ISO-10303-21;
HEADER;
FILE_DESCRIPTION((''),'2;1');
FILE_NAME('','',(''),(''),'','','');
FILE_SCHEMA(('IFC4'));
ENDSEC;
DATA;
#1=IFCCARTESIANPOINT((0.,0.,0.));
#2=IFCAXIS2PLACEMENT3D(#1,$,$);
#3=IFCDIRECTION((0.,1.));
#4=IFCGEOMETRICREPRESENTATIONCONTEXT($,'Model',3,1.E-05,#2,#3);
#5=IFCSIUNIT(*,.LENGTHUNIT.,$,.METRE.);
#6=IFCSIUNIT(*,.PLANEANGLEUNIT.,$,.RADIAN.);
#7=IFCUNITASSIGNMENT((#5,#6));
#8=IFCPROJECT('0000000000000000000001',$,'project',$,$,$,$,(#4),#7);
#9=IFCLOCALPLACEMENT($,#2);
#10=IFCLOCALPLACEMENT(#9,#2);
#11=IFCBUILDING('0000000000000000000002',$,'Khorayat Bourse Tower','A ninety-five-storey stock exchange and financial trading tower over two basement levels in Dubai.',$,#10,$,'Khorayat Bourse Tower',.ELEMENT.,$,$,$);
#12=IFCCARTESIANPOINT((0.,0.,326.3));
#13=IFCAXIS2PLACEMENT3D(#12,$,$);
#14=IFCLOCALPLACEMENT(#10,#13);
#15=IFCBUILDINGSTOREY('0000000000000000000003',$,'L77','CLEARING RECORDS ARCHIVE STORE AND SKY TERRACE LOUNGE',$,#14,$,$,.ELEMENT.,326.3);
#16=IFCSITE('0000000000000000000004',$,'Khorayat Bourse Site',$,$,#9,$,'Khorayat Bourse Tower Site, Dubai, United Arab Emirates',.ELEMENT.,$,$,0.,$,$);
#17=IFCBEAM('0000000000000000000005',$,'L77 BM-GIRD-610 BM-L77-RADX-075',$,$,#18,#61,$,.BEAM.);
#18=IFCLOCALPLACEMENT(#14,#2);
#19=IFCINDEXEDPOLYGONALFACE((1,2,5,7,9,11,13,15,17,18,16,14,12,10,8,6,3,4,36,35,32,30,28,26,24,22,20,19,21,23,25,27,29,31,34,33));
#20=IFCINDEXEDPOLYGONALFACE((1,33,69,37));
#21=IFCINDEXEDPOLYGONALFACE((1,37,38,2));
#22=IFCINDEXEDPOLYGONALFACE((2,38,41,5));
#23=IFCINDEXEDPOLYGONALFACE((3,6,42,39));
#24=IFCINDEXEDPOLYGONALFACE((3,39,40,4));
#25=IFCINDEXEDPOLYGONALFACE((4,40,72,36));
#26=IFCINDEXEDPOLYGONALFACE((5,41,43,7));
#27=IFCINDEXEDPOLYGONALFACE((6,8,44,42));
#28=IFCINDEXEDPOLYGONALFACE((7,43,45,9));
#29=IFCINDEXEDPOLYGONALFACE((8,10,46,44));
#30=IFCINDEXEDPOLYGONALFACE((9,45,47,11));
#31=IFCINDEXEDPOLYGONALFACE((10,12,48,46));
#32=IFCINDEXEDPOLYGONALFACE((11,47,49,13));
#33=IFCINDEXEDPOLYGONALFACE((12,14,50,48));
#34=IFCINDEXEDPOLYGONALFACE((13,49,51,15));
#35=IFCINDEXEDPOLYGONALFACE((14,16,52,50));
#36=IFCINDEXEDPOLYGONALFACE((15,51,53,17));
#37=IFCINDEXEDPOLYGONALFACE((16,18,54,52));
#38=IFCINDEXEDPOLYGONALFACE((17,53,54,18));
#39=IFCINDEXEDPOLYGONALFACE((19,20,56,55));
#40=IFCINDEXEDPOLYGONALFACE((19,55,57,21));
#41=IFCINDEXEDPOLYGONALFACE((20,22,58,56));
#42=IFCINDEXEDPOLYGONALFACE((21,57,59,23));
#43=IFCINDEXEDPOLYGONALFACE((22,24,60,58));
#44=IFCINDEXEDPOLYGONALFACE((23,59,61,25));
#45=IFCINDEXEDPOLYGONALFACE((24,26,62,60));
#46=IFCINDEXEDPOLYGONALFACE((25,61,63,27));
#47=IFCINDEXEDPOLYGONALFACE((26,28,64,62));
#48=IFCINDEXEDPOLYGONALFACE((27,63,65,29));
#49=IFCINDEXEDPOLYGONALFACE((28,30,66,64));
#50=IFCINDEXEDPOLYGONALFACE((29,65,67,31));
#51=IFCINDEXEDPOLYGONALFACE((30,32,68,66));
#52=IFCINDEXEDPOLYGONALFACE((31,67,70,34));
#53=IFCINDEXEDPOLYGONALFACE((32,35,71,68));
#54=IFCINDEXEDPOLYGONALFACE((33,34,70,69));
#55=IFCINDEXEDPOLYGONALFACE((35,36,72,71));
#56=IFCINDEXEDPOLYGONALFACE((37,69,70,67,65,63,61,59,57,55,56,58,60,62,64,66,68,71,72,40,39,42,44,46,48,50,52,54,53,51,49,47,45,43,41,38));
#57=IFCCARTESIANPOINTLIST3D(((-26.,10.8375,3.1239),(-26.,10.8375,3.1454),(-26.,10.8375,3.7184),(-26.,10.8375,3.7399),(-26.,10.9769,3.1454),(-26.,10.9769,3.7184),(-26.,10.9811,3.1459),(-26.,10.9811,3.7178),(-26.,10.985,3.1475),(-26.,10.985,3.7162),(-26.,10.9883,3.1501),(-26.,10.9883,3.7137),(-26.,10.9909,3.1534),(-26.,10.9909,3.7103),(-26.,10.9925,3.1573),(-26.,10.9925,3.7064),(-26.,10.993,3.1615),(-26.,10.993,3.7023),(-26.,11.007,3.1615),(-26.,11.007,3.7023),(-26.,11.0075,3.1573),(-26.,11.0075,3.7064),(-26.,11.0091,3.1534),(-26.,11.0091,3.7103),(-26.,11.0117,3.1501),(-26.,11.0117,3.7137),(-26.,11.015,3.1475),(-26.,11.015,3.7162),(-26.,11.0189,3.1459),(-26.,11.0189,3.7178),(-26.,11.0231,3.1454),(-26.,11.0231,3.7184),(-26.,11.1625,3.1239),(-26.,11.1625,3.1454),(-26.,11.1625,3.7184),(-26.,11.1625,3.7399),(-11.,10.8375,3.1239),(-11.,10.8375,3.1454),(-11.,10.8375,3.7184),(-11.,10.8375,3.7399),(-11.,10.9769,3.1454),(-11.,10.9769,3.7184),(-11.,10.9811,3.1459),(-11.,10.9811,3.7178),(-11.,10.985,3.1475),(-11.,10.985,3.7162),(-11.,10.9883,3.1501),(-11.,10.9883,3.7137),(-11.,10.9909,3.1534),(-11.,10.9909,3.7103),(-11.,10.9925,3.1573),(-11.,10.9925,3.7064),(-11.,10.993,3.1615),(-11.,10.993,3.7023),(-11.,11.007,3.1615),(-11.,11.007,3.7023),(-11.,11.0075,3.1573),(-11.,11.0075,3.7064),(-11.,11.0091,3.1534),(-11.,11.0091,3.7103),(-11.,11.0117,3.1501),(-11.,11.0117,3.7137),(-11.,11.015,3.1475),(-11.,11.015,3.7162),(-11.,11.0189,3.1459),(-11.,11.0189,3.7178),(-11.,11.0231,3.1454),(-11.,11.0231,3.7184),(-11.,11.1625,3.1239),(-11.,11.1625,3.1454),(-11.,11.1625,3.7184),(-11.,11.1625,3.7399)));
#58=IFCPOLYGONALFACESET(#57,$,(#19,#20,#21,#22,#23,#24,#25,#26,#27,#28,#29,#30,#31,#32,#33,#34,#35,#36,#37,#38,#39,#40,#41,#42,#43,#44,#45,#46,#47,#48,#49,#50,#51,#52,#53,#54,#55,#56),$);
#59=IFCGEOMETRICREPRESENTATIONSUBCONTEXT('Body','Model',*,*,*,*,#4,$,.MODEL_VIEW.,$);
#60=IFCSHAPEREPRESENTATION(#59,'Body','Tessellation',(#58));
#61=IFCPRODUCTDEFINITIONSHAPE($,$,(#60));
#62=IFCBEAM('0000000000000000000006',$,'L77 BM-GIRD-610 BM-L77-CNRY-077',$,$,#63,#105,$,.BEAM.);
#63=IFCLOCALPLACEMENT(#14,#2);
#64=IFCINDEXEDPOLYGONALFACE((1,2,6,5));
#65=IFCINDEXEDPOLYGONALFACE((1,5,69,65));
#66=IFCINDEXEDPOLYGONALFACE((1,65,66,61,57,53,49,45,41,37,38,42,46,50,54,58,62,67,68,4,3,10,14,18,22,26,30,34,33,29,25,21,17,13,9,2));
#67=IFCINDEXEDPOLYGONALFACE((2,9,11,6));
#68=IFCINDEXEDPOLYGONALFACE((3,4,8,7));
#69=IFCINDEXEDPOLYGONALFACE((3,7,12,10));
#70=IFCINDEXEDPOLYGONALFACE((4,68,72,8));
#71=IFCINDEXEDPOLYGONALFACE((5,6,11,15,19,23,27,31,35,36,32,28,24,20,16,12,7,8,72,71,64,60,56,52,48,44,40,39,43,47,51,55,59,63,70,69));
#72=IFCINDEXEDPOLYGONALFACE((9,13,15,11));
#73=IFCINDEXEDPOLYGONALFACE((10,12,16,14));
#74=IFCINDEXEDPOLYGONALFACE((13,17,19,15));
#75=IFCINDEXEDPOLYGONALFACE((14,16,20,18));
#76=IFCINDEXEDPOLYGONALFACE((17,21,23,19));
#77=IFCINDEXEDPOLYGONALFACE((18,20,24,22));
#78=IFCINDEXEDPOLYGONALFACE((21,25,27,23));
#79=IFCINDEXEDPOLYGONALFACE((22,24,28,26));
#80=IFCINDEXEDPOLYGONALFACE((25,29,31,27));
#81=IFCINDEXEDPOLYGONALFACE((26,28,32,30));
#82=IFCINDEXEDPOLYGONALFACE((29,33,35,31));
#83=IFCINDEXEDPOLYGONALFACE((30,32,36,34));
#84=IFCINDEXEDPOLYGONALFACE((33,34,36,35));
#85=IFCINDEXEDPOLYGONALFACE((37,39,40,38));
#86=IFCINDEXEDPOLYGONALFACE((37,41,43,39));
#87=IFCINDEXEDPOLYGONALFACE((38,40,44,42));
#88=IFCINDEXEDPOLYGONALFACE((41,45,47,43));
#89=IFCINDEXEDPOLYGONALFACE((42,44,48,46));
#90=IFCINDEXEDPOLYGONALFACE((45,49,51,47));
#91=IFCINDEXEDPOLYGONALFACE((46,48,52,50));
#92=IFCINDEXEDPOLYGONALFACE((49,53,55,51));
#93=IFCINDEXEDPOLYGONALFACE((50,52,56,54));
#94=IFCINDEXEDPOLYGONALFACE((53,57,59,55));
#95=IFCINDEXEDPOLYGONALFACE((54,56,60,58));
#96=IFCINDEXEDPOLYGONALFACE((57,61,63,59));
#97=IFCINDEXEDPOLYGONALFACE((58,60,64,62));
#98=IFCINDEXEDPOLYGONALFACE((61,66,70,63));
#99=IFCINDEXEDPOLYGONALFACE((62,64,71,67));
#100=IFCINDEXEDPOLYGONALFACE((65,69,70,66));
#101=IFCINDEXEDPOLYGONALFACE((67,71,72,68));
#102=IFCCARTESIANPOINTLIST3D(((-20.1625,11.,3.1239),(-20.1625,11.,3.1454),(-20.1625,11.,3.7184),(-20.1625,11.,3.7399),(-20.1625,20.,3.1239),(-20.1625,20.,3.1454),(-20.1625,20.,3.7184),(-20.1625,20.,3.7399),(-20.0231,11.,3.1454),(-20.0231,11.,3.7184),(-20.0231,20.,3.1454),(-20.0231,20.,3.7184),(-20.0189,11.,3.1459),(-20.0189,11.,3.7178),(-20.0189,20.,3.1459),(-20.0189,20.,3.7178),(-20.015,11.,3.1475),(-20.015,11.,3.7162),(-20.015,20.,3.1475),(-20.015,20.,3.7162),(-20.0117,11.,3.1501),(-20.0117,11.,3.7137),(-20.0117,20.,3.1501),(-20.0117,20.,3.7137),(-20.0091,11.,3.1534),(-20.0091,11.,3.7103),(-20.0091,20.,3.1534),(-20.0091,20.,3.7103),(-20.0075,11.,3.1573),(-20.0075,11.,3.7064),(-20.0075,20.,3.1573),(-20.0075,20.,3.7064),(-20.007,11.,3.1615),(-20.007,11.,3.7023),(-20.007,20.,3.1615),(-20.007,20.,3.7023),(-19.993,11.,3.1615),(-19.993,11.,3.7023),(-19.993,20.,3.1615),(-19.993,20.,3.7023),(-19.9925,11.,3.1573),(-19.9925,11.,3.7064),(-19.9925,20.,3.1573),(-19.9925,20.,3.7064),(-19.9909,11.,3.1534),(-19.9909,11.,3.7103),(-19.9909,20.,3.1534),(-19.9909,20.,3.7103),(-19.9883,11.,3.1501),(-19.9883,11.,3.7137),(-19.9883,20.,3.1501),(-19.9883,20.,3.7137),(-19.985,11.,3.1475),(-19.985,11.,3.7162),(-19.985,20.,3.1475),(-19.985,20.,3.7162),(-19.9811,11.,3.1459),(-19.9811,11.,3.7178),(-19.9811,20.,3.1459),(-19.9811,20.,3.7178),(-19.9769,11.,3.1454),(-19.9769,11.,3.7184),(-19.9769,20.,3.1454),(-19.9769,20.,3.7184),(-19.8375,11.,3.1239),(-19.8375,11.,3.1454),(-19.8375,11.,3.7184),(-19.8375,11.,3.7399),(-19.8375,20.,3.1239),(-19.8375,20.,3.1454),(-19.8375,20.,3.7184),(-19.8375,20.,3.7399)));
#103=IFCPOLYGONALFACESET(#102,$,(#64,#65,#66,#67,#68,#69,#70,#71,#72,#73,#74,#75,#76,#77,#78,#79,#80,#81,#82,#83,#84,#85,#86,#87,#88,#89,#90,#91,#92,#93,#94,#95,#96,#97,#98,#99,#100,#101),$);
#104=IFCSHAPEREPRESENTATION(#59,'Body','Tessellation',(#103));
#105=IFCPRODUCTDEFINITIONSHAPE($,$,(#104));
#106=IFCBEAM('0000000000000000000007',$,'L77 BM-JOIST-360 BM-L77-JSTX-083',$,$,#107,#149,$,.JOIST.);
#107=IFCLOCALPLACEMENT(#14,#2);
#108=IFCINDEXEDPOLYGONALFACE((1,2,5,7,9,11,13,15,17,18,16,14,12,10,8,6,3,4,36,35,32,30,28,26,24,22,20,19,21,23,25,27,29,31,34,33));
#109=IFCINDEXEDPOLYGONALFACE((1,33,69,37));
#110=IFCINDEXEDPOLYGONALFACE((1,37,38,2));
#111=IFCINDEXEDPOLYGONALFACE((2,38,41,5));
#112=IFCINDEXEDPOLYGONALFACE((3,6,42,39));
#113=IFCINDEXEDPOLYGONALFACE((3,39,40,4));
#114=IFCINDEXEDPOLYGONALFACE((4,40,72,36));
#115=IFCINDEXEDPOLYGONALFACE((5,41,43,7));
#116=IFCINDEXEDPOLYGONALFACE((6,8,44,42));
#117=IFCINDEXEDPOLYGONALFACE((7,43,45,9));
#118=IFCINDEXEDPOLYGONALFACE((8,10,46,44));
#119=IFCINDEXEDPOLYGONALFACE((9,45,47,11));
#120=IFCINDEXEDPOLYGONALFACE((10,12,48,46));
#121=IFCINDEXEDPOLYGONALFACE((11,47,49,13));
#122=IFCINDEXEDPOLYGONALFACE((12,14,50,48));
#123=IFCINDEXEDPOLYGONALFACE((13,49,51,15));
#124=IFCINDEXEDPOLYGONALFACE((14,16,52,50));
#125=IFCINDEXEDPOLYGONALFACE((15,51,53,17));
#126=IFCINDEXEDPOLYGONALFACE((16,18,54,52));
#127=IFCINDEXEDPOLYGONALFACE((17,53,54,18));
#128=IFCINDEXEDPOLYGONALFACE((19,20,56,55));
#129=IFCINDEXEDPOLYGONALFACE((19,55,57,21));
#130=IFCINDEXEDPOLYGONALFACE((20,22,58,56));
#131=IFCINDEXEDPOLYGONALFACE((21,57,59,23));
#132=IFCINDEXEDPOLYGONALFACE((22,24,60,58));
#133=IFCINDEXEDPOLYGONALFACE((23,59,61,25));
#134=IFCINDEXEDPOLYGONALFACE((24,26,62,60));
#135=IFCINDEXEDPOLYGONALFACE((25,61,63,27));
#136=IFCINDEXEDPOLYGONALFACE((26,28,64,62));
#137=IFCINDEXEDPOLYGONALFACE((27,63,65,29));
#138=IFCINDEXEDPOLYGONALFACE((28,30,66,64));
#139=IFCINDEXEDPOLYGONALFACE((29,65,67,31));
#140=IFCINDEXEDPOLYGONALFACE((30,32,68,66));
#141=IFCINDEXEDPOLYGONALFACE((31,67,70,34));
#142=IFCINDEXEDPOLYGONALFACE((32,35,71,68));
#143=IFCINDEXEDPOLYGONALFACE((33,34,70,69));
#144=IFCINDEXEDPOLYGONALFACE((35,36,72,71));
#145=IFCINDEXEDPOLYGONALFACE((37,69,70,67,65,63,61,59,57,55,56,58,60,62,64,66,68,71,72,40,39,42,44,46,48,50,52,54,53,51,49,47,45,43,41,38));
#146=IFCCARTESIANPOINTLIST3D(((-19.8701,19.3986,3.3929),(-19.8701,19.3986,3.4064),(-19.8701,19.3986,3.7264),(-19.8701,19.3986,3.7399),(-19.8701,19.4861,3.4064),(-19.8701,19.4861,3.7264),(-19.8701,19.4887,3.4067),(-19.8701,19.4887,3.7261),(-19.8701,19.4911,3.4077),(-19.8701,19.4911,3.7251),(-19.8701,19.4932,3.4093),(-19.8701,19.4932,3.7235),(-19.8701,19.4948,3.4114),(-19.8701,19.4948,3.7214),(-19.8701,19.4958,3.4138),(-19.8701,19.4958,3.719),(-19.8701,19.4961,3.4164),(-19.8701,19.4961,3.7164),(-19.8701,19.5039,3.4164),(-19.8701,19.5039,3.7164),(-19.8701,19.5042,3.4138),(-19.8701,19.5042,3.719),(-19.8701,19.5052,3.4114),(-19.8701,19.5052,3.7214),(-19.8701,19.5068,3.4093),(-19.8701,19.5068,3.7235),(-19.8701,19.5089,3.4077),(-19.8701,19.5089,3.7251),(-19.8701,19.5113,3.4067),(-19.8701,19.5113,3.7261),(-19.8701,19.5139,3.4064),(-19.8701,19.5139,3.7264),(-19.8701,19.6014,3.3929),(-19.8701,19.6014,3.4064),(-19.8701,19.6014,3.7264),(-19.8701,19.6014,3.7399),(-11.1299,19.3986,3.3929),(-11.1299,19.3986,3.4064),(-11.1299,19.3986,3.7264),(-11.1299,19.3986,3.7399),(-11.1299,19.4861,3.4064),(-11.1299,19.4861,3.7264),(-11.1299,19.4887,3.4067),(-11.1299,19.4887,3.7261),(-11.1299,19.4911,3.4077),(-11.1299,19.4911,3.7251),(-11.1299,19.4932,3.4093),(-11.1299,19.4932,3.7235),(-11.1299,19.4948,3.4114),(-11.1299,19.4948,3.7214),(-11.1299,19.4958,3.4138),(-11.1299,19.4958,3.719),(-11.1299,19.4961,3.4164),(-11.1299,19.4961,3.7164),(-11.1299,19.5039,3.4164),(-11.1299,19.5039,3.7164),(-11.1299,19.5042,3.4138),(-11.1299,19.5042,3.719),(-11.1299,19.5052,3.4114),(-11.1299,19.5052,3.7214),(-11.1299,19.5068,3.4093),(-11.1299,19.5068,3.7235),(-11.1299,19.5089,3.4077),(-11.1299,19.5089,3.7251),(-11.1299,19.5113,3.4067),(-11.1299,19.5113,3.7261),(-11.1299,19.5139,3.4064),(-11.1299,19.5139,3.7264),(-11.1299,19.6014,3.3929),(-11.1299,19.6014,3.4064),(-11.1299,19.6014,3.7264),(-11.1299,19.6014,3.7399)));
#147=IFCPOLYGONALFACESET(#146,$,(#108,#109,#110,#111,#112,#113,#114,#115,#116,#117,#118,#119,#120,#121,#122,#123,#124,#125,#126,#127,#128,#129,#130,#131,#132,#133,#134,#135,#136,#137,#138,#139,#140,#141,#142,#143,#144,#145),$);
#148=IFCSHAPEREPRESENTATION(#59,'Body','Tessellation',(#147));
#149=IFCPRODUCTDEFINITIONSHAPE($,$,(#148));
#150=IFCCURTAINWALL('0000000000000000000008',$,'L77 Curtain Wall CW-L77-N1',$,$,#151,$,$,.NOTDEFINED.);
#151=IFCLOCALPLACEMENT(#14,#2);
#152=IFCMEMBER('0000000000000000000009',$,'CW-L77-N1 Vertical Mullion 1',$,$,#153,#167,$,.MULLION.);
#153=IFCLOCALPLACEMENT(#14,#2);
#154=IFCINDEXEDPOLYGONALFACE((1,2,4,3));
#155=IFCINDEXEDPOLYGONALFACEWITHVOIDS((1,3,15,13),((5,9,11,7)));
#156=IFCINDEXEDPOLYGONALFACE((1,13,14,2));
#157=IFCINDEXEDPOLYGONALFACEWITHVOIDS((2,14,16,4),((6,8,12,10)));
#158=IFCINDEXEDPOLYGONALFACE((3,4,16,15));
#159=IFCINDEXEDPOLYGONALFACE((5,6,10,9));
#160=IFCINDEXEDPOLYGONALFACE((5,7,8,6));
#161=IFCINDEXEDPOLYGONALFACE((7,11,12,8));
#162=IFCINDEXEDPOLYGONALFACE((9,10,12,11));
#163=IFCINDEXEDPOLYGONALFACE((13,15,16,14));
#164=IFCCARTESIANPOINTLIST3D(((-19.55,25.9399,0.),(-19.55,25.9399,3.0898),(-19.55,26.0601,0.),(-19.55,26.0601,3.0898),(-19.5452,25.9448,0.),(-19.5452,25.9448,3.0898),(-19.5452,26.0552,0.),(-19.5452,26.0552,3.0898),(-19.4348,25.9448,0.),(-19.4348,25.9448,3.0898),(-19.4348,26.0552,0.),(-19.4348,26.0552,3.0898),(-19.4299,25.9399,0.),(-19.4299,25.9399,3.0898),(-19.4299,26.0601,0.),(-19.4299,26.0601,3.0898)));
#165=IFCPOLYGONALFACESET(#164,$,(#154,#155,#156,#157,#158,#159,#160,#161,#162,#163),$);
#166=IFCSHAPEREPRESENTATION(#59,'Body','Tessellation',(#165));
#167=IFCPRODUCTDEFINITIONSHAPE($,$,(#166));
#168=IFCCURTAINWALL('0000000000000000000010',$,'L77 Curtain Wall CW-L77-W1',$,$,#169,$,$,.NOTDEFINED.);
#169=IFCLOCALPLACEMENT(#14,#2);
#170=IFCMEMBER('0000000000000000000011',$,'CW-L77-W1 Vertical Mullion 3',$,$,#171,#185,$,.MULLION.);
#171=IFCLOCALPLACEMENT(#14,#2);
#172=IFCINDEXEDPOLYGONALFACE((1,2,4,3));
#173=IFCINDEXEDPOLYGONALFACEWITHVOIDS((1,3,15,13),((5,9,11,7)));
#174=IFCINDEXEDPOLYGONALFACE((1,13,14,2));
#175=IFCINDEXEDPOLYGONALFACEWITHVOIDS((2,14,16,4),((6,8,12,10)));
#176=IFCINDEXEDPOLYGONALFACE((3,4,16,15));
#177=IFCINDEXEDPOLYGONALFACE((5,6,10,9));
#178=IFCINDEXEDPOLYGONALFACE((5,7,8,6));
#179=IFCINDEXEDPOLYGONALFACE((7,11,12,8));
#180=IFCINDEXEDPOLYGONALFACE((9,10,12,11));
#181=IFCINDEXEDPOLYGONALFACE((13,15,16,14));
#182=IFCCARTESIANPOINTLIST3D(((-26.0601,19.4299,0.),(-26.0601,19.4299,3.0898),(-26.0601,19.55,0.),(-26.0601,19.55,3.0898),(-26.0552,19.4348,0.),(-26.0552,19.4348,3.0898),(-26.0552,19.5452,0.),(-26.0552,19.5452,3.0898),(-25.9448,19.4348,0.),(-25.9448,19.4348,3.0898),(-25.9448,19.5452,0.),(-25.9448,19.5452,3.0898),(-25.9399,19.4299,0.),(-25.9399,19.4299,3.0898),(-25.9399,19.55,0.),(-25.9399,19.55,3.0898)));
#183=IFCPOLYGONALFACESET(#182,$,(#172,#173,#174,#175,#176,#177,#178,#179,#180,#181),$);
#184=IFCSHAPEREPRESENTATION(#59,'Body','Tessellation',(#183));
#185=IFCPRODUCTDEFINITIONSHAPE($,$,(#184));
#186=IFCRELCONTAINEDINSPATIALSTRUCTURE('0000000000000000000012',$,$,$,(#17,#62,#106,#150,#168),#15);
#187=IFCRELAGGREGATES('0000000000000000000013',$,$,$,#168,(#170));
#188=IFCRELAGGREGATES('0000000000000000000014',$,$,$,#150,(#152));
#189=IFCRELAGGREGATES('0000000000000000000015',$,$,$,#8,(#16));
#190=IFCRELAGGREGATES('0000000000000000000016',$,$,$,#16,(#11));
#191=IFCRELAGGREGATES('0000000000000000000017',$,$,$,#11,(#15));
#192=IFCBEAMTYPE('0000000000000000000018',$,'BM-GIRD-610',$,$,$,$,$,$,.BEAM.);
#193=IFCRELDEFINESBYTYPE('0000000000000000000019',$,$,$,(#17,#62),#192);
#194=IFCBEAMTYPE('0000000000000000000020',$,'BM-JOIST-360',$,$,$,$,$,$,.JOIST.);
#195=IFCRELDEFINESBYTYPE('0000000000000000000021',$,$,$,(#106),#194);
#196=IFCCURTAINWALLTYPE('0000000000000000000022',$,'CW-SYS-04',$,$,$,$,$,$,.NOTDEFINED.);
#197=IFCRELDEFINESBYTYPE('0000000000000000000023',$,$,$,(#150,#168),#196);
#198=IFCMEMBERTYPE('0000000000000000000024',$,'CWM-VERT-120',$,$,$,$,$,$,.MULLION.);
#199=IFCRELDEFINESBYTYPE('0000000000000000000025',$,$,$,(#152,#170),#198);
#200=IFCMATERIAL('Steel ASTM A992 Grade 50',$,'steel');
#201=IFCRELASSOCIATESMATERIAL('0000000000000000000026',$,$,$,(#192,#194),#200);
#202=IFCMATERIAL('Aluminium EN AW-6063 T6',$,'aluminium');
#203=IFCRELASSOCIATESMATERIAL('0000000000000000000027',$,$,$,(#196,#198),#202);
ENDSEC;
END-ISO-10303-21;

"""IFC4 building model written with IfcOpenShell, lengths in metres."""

from ifc_helpers import new_model, si_unit, direction, frame, origin, origin_2d, place, context, subcontext, project, spatial, hollow_rectangle, i_section, extrude, source, transform, mapped, material, material_profile, profile_set, type_object, element, aggregate, save


model = new_model("IFC4")

# Units and contexts
model_context = context("Model", 3, precision=1e-05, world=origin(), true_north=direction((0.0, 1.0)))
body_context = subcontext(model_context, "Body", "Model", "MODEL_VIEW")
ifc_project = project(units=[si_unit("LENGTHUNIT", "METRE"), si_unit("PLANEANGLEUNIT", "RADIAN")], contexts=[model_context])

# Site, building, storey
site_placement = place(None, origin())
site = spatial("IfcSite", under=ifc_project, at=site_placement, Name="Khorayat Bourse Site", LongName="Khorayat Bourse Tower Site, Dubai, United Arab Emirates", CompositionType="ELEMENT", RefElevation=0.0)
building_placement = place(site_placement, origin())
building = spatial("IfcBuilding", under=site, at=building_placement, Name="Khorayat Bourse Tower", Description="A ninety-five-storey stock exchange and financial trading tower over two basement levels in Dubai.", LongName="Khorayat Bourse Tower", CompositionType="ELEMENT")
storey_placement = place(building_placement, frame((0.0, 0.0, 326.3)))
storey = spatial("IfcBuildingStorey", under=building, at=storey_placement, Name="L77", Description="CLEARING RECORDS ARCHIVE STORE AND SKY TERRACE LOUNGE", CompositionType="ELEMENT", Elevation=326.3)

# Beams
ifc_material_1 = material(Name="Steel ASTM A992 Grade 50", Category="steel")
ifc_material_profile_1 = material_profile(ifc_material_1, i_section(OverallWidth=0.325, OverallDepth=0.616, WebThickness=0.0139, FlangeThickness=0.0215, FilletRadius=0.0161, at=origin_2d()), Name="W610X174")
ifc_profile_set_1 = profile_set([ifc_material_profile_1], Name="Steel ASTM A992 Grade 50")
beam_type_1 = type_object("IfcBeamType", Name="BM-GIRD-610", PredefinedType="BEAM", material=ifc_profile_set_1)
shared_shape_1 = source(origin(), body_context, "Body", "SweptSolid", [
    extrude(i_section(OverallWidth=0.325, OverallDepth=0.616, WebThickness=0.0139, FlangeThickness=0.0215, FilletRadius=0.0161, at=origin_2d()), origin(), (0.0, 0.0, 1.0), 15.0),
])
beam_1_placement = place(storey_placement, frame((-26.0, 11.0, 3.4319), z_axis=(1.0, 0.0, 0.0), x_axis=(0.0, 1.0, 0.0)))
element("IfcBeam", 1, at=beam_1_placement, inside=storey, type_object=beam_type_1, Name="L77 BM-GIRD-610 BM-L77-RADX-075", PredefinedType="BEAM", context=body_context, shape_type="MappedRepresentation", body=[
    mapped(shared_shape_1, transform((0.0, 0.0, 0.0), scale=1.0)),
])
shared_shape_2 = source(origin(), body_context, "Body", "SweptSolid", [
    extrude(i_section(OverallWidth=0.325, OverallDepth=0.616, WebThickness=0.0139, FlangeThickness=0.0215, FilletRadius=0.0161, at=origin_2d()), origin(), (0.0, 0.0, 1.0), 9.0),
])
beam_2_placement = place(storey_placement, frame((-20.0, 11.0, 3.4319), z_axis=(0.0, 1.0, 0.0), x_axis=(-1.0, 0.0, 0.0)))
element("IfcBeam", 2, at=beam_2_placement, inside=storey, type_object=beam_type_1, Name="L77 BM-GIRD-610 BM-L77-CNRY-077", PredefinedType="BEAM", context=body_context, shape_type="MappedRepresentation", body=[
    mapped(shared_shape_2, transform((0.0, 0.0, 0.0), scale=1.0)),
])
ifc_material_profile_2 = material_profile(ifc_material_1, i_section(OverallWidth=0.2029, OverallDepth=0.3469, WebThickness=0.0078, FlangeThickness=0.0134, FilletRadius=0.01, at=origin_2d()), Name="W360X64")
ifc_profile_set_2 = profile_set([ifc_material_profile_2], Name="Steel ASTM A992 Grade 50")
beam_type_2 = type_object("IfcBeamType", Name="BM-JOIST-360", PredefinedType="JOIST", material=ifc_profile_set_2)
shared_shape_3 = source(origin(), body_context, "Body", "SweptSolid", [
    extrude(i_section(OverallWidth=0.2029, OverallDepth=0.3469, WebThickness=0.0078, FlangeThickness=0.0134, FilletRadius=0.01, at=origin_2d()), origin(), (0.0, 0.0, 1.0), 8.7402),
])
beam_3_placement = place(storey_placement, frame((-19.8701, 19.5, 3.5664), z_axis=(1.0, 0.0, 0.0), x_axis=(0.0, 1.0, 0.0)))
element("IfcBeam", 3, at=beam_3_placement, inside=storey, type_object=beam_type_2, Name="L77 BM-JOIST-360 BM-L77-JSTX-083", PredefinedType="JOIST", context=body_context, shape_type="MappedRepresentation", body=[
    mapped(shared_shape_3, transform((0.0, 0.0, 0.0), scale=1.0)),
])

# Curtain walls, members
ifc_material_2 = material(Name="Aluminium EN AW-6063 T6", Category="aluminium")
curtain_wall_type = type_object("IfcCurtainWallType", Name="CW-SYS-04", PredefinedType="NOTDEFINED", material=ifc_material_2)
curtain_wall_1_placement = place(storey_placement, origin())
curtain_wall_1 = element("IfcCurtainWall", 4, at=curtain_wall_1_placement, inside=storey, type_object=curtain_wall_type, Name="L77 Curtain Wall CW-L77-N1", PredefinedType="NOTDEFINED")
ifc_material_profile_3 = material_profile(ifc_material_2, hollow_rectangle(XDim=0.1201, YDim=0.1201, WallThickness=0.0049, at=origin_2d()), Name="ALU 120x120x5")
ifc_profile_set_3 = profile_set([ifc_material_profile_3], Name="Aluminium EN AW-6063 T6")
member_type_1 = type_object("IfcMemberType", Name="CWM-VERT-120", PredefinedType="MULLION", material=ifc_profile_set_3)
shared_shape_4 = source(origin(), body_context, "Body", "SweptSolid", [
    extrude(hollow_rectangle(XDim=0.1201, YDim=0.1201, WallThickness=0.0049, at=origin_2d()), origin(), (0.0, 0.0, 1.0), 3.0898),
])
member_1_placement = place(storey_placement, frame((-19.49, 26.0, 0.0), z_axis=(0.0, 0.0, 1.0), x_axis=(0.0, 1.0, 0.0)))
member_1 = element("IfcMember", 5, at=member_1_placement, type_object=member_type_1, Name="CW-L77-N1 Vertical Mullion 1", PredefinedType="MULLION", context=body_context, shape_type="MappedRepresentation", body=[
    mapped(shared_shape_4, transform((0.0, 0.0, 0.0), scale=1.0)),
])
curtain_wall_2_placement = place(storey_placement, origin())
curtain_wall_2 = element("IfcCurtainWall", 6, at=curtain_wall_2_placement, inside=storey, type_object=curtain_wall_type, Name="L77 Curtain Wall CW-L77-W1", PredefinedType="NOTDEFINED")
member_2_placement = place(storey_placement, frame((-26.0, 19.49, 0.0), z_axis=(0.0, 0.0, 1.0), x_axis=(-1.0, 0.0, 0.0)))
member_2 = element("IfcMember", 7, at=member_2_placement, type_object=member_type_1, Name="CW-L77-W1 Vertical Mullion 3", PredefinedType="MULLION", context=body_context, shape_type="MappedRepresentation", body=[
    mapped(shared_shape_4, transform((0.0, 0.0, 0.0), scale=1.0)),
])
aggregate(curtain_wall_2, [member_2])

aggregate(curtain_wall_1, [member_1])

save(model, "model.ifc")
